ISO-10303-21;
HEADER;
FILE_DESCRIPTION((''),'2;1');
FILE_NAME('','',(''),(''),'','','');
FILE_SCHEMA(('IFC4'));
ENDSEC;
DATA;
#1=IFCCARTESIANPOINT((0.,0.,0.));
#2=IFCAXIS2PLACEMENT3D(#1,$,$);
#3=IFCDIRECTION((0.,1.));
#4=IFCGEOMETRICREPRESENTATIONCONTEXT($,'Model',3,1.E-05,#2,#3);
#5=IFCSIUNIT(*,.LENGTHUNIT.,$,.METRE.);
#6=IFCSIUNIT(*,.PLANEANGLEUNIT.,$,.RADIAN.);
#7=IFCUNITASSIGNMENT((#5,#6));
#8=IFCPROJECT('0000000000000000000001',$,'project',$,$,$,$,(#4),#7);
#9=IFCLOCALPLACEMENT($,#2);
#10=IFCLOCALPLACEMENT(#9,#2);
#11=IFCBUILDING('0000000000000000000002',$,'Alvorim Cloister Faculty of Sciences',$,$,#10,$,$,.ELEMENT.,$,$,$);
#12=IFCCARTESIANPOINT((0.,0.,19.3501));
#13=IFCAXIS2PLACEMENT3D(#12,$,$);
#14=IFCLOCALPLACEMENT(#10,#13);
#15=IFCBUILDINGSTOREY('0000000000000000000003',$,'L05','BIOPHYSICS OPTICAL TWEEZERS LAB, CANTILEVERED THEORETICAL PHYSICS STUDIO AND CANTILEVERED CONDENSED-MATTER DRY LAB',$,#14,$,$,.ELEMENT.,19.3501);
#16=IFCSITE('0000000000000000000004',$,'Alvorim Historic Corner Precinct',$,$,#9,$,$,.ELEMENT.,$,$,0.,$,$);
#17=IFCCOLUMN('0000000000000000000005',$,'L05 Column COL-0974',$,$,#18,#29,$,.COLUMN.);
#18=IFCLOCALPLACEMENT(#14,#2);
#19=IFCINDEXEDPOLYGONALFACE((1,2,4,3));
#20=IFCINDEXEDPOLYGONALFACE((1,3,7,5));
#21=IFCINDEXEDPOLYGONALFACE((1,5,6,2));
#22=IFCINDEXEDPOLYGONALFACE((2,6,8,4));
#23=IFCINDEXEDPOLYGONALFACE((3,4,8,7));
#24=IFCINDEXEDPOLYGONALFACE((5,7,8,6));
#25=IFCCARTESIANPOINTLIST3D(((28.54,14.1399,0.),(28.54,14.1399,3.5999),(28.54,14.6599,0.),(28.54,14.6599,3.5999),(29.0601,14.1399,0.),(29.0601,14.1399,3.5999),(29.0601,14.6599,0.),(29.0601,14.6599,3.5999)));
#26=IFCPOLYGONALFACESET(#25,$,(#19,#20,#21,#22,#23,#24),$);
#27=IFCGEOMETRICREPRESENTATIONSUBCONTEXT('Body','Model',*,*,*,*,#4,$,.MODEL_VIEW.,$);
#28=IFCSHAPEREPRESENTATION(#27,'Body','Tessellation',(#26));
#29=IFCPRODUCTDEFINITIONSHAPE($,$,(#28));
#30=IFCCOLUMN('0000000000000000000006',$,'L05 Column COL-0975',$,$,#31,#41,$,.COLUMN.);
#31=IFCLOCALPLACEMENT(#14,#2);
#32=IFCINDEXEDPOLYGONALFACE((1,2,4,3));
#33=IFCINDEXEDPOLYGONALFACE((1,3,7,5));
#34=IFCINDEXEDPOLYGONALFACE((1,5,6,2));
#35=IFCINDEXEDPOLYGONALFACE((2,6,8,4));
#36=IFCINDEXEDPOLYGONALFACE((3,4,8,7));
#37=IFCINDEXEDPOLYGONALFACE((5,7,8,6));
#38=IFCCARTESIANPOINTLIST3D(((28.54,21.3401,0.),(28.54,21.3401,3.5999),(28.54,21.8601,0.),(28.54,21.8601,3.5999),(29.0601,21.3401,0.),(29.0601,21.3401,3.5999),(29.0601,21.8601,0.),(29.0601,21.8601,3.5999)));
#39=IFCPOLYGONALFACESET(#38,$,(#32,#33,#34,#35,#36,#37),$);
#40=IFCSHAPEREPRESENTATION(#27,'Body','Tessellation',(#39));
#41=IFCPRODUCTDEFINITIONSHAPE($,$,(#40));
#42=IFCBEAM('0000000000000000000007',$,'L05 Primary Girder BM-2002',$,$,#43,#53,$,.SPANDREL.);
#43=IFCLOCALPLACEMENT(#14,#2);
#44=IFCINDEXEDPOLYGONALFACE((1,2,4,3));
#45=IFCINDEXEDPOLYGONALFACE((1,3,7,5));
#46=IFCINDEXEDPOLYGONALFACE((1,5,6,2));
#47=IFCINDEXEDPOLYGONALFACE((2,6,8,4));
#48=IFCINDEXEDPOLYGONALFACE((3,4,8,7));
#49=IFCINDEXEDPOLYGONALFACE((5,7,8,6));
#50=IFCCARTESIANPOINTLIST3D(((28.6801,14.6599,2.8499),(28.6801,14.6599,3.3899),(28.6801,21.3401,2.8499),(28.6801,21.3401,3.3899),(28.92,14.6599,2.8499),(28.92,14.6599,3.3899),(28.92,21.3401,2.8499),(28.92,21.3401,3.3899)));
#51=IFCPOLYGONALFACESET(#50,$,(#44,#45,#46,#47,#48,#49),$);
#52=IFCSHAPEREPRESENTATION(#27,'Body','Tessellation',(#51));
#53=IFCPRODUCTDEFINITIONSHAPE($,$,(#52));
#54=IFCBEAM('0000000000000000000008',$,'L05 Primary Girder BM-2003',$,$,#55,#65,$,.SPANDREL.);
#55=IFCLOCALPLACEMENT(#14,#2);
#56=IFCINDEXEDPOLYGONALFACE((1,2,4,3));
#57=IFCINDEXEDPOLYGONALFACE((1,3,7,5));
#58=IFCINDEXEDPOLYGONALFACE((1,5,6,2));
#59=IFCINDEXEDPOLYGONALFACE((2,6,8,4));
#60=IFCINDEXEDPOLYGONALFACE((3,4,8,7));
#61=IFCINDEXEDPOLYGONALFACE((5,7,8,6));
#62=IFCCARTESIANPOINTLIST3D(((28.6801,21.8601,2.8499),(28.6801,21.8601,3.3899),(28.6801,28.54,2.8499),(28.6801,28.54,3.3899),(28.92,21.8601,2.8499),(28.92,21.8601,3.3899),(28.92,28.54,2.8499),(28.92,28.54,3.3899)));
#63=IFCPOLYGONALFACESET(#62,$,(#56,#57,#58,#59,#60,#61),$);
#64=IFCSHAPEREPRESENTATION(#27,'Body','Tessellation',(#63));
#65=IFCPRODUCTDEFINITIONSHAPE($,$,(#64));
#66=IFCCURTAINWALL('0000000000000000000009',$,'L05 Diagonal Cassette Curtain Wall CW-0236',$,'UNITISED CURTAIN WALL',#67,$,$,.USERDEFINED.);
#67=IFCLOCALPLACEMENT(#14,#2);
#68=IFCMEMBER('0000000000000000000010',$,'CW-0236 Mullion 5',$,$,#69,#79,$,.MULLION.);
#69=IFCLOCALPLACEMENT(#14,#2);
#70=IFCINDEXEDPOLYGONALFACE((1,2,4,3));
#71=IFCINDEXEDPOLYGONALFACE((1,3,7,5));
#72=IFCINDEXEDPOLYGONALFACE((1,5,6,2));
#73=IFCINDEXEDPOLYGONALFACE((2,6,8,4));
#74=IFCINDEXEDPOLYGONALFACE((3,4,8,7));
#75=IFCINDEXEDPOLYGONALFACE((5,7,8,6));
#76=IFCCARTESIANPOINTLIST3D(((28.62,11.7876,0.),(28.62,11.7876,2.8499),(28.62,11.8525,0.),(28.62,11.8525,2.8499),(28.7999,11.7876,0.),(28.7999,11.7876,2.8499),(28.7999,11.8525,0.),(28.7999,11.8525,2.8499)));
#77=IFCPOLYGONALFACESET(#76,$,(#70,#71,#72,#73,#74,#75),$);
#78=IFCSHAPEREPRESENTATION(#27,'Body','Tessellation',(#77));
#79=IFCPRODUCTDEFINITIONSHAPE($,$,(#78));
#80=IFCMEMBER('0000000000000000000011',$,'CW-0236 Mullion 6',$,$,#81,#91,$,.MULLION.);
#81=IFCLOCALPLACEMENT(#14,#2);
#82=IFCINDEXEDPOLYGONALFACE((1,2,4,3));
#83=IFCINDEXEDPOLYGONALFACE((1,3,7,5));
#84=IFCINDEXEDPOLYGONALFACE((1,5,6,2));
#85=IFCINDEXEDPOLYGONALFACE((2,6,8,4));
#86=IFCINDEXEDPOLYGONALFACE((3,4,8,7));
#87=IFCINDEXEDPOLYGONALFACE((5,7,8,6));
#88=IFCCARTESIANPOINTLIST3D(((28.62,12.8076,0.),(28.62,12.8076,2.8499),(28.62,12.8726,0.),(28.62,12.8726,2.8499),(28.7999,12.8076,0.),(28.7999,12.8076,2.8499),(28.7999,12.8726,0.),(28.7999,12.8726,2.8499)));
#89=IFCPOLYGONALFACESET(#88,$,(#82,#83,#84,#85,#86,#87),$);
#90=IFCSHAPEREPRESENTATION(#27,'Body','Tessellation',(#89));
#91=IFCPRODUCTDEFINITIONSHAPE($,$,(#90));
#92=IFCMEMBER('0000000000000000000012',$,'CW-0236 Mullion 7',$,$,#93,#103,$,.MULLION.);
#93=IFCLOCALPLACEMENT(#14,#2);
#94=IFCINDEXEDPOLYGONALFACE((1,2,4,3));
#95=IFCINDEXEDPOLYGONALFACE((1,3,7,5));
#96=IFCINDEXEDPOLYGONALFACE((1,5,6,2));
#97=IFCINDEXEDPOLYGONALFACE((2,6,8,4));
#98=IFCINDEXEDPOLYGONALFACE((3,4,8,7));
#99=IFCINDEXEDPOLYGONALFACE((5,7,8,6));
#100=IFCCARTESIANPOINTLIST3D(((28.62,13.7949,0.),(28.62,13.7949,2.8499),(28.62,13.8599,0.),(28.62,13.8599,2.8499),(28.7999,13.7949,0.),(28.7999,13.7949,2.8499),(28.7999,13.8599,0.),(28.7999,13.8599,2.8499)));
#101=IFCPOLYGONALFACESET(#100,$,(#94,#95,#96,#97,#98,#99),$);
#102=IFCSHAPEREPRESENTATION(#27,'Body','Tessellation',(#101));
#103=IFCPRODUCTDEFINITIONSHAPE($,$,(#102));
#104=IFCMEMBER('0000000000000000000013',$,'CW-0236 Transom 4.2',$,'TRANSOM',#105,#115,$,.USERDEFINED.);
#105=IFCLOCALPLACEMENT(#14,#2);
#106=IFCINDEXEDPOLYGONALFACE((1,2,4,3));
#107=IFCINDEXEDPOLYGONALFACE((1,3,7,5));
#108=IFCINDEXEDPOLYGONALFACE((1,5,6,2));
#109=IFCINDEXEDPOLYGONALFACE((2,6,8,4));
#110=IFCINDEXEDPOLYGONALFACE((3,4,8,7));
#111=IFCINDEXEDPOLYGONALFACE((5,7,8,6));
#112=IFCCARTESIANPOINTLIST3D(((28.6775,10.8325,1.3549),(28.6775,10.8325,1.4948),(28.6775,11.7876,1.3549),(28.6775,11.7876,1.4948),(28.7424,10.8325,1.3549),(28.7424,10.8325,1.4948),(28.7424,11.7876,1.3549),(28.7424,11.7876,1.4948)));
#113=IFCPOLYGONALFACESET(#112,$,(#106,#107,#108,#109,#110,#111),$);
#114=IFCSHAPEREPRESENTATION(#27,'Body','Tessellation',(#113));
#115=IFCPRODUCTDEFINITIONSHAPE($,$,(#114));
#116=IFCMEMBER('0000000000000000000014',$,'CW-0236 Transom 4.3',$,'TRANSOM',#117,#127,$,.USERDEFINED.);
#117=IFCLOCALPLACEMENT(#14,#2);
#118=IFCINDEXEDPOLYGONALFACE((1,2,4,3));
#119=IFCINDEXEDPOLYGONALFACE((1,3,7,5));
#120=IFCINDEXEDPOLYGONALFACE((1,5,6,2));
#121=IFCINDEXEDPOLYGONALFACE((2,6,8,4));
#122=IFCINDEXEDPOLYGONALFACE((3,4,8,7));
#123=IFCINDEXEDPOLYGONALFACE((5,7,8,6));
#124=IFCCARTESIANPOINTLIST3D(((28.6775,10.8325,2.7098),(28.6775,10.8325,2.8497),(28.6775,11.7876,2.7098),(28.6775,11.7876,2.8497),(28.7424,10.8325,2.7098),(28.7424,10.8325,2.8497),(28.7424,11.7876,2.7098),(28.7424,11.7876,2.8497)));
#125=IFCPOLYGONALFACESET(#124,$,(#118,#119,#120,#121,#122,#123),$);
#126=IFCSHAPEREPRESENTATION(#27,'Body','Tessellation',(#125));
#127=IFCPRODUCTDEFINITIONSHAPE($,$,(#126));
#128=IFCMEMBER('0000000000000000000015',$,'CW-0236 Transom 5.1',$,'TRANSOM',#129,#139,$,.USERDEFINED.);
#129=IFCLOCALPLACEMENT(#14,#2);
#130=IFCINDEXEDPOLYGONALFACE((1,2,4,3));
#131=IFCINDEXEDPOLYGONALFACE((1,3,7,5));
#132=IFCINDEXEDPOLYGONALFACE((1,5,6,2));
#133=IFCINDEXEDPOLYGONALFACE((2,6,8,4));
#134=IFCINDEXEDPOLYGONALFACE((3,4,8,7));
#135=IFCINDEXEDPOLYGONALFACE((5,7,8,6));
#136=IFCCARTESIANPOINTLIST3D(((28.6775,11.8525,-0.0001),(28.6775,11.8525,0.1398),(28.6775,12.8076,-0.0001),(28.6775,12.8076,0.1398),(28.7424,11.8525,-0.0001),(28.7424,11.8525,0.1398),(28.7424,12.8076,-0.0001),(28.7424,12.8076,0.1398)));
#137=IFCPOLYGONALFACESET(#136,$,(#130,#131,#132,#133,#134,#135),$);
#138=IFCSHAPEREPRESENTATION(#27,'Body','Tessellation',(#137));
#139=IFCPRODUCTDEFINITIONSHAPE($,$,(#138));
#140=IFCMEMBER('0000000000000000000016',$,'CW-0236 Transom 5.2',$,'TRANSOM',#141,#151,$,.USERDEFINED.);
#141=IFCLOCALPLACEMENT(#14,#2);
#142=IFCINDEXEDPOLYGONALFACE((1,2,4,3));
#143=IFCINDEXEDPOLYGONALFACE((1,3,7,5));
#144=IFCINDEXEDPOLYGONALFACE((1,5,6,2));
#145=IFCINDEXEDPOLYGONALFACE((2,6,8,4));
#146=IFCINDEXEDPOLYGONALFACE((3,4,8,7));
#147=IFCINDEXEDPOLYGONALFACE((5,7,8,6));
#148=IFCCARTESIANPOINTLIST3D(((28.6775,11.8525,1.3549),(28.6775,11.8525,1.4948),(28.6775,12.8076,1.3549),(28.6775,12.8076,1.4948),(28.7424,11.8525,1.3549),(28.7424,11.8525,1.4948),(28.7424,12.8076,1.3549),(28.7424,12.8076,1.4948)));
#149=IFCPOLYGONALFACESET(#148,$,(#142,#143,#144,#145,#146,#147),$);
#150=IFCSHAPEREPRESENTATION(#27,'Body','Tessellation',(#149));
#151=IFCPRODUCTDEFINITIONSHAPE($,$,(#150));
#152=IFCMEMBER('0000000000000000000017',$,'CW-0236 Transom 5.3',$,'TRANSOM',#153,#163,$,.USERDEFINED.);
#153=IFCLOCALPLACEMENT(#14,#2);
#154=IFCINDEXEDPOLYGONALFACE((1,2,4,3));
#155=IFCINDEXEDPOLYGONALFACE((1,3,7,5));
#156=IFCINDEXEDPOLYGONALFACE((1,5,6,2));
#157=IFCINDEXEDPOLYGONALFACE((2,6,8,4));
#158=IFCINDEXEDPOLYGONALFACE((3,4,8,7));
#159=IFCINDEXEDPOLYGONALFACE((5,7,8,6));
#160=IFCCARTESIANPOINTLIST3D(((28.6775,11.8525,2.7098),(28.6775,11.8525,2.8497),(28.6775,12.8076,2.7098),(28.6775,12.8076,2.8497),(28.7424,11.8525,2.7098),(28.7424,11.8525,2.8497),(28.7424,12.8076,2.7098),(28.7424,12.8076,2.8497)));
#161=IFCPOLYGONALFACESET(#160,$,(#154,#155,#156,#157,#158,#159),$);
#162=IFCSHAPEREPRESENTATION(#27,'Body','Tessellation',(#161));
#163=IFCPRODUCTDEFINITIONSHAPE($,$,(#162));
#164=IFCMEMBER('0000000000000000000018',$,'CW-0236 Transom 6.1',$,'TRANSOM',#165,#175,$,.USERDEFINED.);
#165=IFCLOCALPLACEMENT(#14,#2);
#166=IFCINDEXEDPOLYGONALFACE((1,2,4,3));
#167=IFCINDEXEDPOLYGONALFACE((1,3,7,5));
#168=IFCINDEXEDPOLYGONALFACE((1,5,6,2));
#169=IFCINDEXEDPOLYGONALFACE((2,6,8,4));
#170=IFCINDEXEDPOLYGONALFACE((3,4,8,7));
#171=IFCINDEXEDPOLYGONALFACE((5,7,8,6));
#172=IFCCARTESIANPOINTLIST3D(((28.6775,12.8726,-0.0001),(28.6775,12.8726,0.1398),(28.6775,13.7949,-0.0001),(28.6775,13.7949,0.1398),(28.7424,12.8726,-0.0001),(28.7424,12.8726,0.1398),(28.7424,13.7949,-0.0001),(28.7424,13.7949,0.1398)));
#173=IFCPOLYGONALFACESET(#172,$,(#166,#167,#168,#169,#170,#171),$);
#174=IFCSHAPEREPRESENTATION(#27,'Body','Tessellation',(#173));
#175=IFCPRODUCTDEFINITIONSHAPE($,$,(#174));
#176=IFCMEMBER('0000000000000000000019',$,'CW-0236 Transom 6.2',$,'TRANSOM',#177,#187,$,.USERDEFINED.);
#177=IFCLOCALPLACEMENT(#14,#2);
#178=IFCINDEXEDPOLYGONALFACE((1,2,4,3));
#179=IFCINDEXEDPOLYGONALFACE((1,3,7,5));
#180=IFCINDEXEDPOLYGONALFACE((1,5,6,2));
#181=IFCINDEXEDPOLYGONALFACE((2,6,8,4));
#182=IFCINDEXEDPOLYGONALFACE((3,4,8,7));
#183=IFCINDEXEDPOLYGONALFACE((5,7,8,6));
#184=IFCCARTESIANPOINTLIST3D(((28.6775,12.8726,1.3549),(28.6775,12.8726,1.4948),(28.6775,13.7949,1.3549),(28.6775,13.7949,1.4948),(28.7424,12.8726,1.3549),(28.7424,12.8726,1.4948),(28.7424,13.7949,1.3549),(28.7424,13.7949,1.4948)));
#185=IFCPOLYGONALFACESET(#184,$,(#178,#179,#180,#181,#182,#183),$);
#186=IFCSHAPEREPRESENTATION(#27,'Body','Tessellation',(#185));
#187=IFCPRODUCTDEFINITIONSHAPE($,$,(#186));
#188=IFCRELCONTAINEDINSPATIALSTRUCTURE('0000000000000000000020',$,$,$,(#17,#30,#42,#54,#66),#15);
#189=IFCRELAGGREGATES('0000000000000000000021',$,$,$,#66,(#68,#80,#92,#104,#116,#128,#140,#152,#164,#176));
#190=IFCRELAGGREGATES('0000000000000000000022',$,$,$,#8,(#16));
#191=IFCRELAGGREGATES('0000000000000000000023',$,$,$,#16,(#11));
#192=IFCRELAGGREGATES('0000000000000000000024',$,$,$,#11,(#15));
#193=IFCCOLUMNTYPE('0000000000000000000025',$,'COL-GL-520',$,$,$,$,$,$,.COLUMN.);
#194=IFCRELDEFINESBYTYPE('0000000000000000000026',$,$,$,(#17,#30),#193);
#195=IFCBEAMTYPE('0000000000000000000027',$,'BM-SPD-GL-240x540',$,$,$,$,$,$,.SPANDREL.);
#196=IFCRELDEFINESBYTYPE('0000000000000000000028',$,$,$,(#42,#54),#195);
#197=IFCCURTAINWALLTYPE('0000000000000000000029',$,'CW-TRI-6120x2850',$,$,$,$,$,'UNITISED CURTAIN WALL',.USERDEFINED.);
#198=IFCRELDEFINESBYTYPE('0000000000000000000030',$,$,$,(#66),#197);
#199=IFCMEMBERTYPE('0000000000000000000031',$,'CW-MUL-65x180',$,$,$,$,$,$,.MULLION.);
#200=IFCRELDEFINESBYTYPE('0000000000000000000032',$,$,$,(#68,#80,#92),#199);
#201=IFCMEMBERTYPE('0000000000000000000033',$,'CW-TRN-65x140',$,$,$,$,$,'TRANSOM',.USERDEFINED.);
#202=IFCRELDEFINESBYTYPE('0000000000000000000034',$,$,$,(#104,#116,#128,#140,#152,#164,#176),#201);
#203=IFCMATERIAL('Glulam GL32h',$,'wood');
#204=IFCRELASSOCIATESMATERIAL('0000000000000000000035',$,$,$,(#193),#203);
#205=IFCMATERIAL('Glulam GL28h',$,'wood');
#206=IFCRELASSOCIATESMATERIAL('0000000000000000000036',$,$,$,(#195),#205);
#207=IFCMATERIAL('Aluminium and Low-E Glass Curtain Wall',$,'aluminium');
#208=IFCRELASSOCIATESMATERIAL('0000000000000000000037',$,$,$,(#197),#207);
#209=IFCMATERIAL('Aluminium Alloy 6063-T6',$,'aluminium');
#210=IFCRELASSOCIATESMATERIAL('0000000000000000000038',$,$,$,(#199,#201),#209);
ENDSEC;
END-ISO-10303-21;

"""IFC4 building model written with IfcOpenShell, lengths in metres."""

from ifc_helpers import new_model, si_unit, direction, frame, origin, origin_2d, place, context, subcontext, project, spatial, rectangle, extrude, material, material_profile, profile_set, type_object, element, aggregate, save


model = new_model("IFC4")

# Units and contexts
model_context = context("Model", 3, precision=1e-05, world=origin(), true_north=direction((0.0, 1.0)))
body_context = subcontext(model_context, "Body", "Model", "MODEL_VIEW")
ifc_project = project(units=[si_unit("LENGTHUNIT", "METRE"), si_unit("PLANEANGLEUNIT", "RADIAN")], contexts=[model_context])

# Site, building, storey
site_placement = place(None, origin())
site = spatial("IfcSite", under=ifc_project, at=site_placement, Name="Alvorim Historic Corner Precinct", CompositionType="ELEMENT", RefElevation=0.0)
building_placement = place(site_placement, origin())
building = spatial("IfcBuilding", under=site, at=building_placement, Name="Alvorim Cloister Faculty of Sciences", CompositionType="ELEMENT")
storey_placement = place(building_placement, frame((0.0, 0.0, 19.3501)))
storey = spatial("IfcBuildingStorey", under=building, at=storey_placement, Name="L05", Description="BIOPHYSICS OPTICAL TWEEZERS LAB, CANTILEVERED THEORETICAL PHYSICS STUDIO AND CANTILEVERED CONDENSED-MATTER DRY LAB", CompositionType="ELEMENT", Elevation=19.3501)

# Columns
ifc_material_1 = material(Name="Glulam GL32h", Category="wood")
ifc_material_profile_1 = material_profile(ifc_material_1, rectangle(XDim=0.52, YDim=0.52, at=origin_2d()), Name="GL32-COL-520x520")
ifc_profile_set_1 = profile_set([ifc_material_profile_1], Name="Glulam GL32h")
column_type = type_object("IfcColumnType", Name="COL-GL-520", PredefinedType="COLUMN", material=ifc_profile_set_1)
for number, where, z_axis, x_axis, name in (
    (1, (28.8, 14.3999, 0.0), (0.0, 0.0, 1.0), (1.0, 0.0, 0.0), "L05 Column COL-0974"),
    (2, (28.8, 21.6001, 0.0), (0.0, 0.0, 1.0), (1.0, 0.0, 0.0), "L05 Column COL-0975"),
):
    element("IfcColumn", number, at=place(storey_placement, frame(where, z_axis=z_axis, x_axis=x_axis)), inside=storey, type_object=column_type, Name=name, PredefinedType="COLUMN", context=body_context, shape_type="SweptSolid", body=[
        extrude(rectangle(XDim=0.52, YDim=0.52, at=origin_2d()), origin(), (0.0, 0.0, 1.0), 3.5999),
    ])

# Beams
ifc_material_2 = material(Name="Glulam GL28h", Category="wood")
ifc_material_profile_2 = material_profile(ifc_material_2, rectangle(XDim=0.24, YDim=0.54, at=origin_2d()), Name="GL28-SPD-240x540")
ifc_profile_set_2 = profile_set([ifc_material_profile_2], Name="Glulam GL28h")
beam_type = type_object("IfcBeamType", Name="BM-SPD-GL-240x540", PredefinedType="SPANDREL", material=ifc_profile_set_2)
beam_1_placement = place(storey_placement, frame((28.8, 14.6599, 3.1199), z_axis=(0.0, 1.0, 0.0), x_axis=(-1.0, 0.0, 0.0)))
element("IfcBeam", 3, at=beam_1_placement, inside=storey, type_object=beam_type, Name="L05 Primary Girder BM-2002", PredefinedType="SPANDREL", context=body_context, shape_type="SweptSolid", body=[
    extrude(rectangle(XDim=0.24, YDim=0.54, at=origin_2d()), origin(), (0.0, 0.0, 1.0), 6.6802),
])
beam_2_placement = place(storey_placement, frame((28.8, 21.8601, 3.1199), z_axis=(0.0, 1.0, 0.0), x_axis=(-1.0, 0.0, 0.0)))
element("IfcBeam", 4, at=beam_2_placement, inside=storey, type_object=beam_type, Name="L05 Primary Girder BM-2003", PredefinedType="SPANDREL", context=body_context, shape_type="SweptSolid", body=[
    extrude(rectangle(XDim=0.24, YDim=0.54, at=origin_2d()), origin(), (0.0, 0.0, 1.0), 6.6799),
])

# Curtain wall, members
ifc_material_3 = material(Name="Aluminium and Low-E Glass Curtain Wall", Category="aluminium")
curtain_wall_type = type_object("IfcCurtainWallType", Name="CW-TRI-6120x2850", ElementType="UNITISED CURTAIN WALL", PredefinedType="USERDEFINED", material=ifc_material_3)
curtain_wall_placement = place(storey_placement, origin())
curtain_wall = element("IfcCurtainWall", 5, at=curtain_wall_placement, inside=storey, type_object=curtain_wall_type, Name="L05 Diagonal Cassette Curtain Wall CW-0236", ObjectType="UNITISED CURTAIN WALL", PredefinedType="USERDEFINED")
ifc_material_4 = material(Name="Aluminium Alloy 6063-T6", Category="aluminium")
ifc_material_profile_3 = material_profile(ifc_material_4, rectangle(XDim=0.0649, YDim=0.1799, at=origin_2d()), Name="ALU-MUL-65x180")
ifc_profile_set_3 = profile_set([ifc_material_profile_3], Name="Aluminium Alloy 6063-T6")
member_type_1 = type_object("IfcMemberType", Name="CW-MUL-65x180", PredefinedType="MULLION", material=ifc_profile_set_3)
member_1_placement = place(storey_placement, frame((28.71, 11.8201, 0.0), z_axis=(0.0, 0.0, 1.0), x_axis=(0.0, 1.0, 0.0)))
member_1 = element("IfcMember", 6, at=member_1_placement, type_object=member_type_1, Name="CW-0236 Mullion 5", PredefinedType="MULLION", context=body_context, shape_type="SweptSolid", body=[
    extrude(rectangle(XDim=0.0649, YDim=0.1799, at=origin_2d()), origin(), (0.0, 0.0, 1.0), 2.8499),
])
member_2_placement = place(storey_placement, frame((28.71, 12.8401, 0.0), z_axis=(0.0, 0.0, 1.0), x_axis=(0.0, 1.0, 0.0)))
member_2 = element("IfcMember", 7, at=member_2_placement, type_object=member_type_1, Name="CW-0236 Mullion 6", PredefinedType="MULLION", context=body_context, shape_type="SweptSolid", body=[
    extrude(rectangle(XDim=0.0649, YDim=0.1799, at=origin_2d()), origin(), (0.0, 0.0, 1.0), 2.8499),
])
member_3_placement = place(storey_placement, frame((28.71, 13.8274, 0.0), z_axis=(0.0, 0.0, 1.0), x_axis=(0.0, 1.0, 0.0)))
member_3 = element("IfcMember", 8, at=member_3_placement, type_object=member_type_1, Name="CW-0236 Mullion 7", PredefinedType="MULLION", context=body_context, shape_type="SweptSolid", body=[
    extrude(rectangle(XDim=0.0649, YDim=0.1799, at=origin_2d()), origin(), (0.0, 0.0, 1.0), 2.8499),
])
ifc_material_profile_4 = material_profile(ifc_material_4, rectangle(XDim=0.0649, YDim=0.1399, at=origin_2d()), Name="ALU-TRN-65x140")
ifc_profile_set_4 = profile_set([ifc_material_profile_4], Name="Aluminium Alloy 6063-T6")
member_type_2 = type_object("IfcMemberType", Name="CW-TRN-65x140", ElementType="TRANSOM", PredefinedType="USERDEFINED", material=ifc_profile_set_4)
member_4_placement = place(storey_placement, frame((28.71, 10.8325, 1.4248), z_axis=(0.0, 1.0, 0.0), x_axis=(-1.0, 0.0, 0.0)))
member_4 = element("IfcMember", 9, at=member_4_placement, type_object=member_type_2, Name="CW-0236 Transom 4.2", ObjectType="TRANSOM", PredefinedType="USERDEFINED", context=body_context, shape_type="SweptSolid", body=[
    extrude(rectangle(XDim=0.0649, YDim=0.1399, at=origin_2d()), origin(), (0.0, 0.0, 1.0), 0.9551),
])
member_5_placement = place(storey_placement, frame((28.71, 10.8325, 2.7798), z_axis=(0.0, 1.0, 0.0), x_axis=(-1.0, 0.0, 0.0)))
member_5 = element("IfcMember", 10, at=member_5_placement, type_object=member_type_2, Name="CW-0236 Transom 4.3", ObjectType="TRANSOM", PredefinedType="USERDEFINED", context=body_context, shape_type="SweptSolid", body=[
    extrude(rectangle(XDim=0.0649, YDim=0.1399, at=origin_2d()), origin(), (0.0, 0.0, 1.0), 0.9551),
])
member_6_placement = place(storey_placement, frame((28.71, 11.8525, 0.0698), z_axis=(0.0, 1.0, 0.0), x_axis=(-1.0, 0.0, 0.0)))
member_6 = element("IfcMember", 11, at=member_6_placement, type_object=member_type_2, Name="CW-0236 Transom 5.1", ObjectType="TRANSOM", PredefinedType="USERDEFINED", context=body_context, shape_type="SweptSolid", body=[
    extrude(rectangle(XDim=0.0649, YDim=0.1399, at=origin_2d()), origin(), (0.0, 0.0, 1.0), 0.9551),
])
member_7_placement = place(storey_placement, frame((28.71, 11.8525, 1.4248), z_axis=(0.0, 1.0, 0.0), x_axis=(-1.0, 0.0, 0.0)))
member_7 = element("IfcMember", 12, at=member_7_placement, type_object=member_type_2, Name="CW-0236 Transom 5.2", ObjectType="TRANSOM", PredefinedType="USERDEFINED", context=body_context, shape_type="SweptSolid", body=[
    extrude(rectangle(XDim=0.0649, YDim=0.1399, at=origin_2d()), origin(), (0.0, 0.0, 1.0), 0.9551),
])
member_8_placement = place(storey_placement, frame((28.71, 11.8525, 2.7798), z_axis=(0.0, 1.0, 0.0), x_axis=(-1.0, 0.0, 0.0)))
member_8 = element("IfcMember", 13, at=member_8_placement, type_object=member_type_2, Name="CW-0236 Transom 5.3", ObjectType="TRANSOM", PredefinedType="USERDEFINED", context=body_context, shape_type="SweptSolid", body=[
    extrude(rectangle(XDim=0.0649, YDim=0.1399, at=origin_2d()), origin(), (0.0, 0.0, 1.0), 0.9551),
])
member_9_placement = place(storey_placement, frame((28.71, 12.8726, 0.0698), z_axis=(0.0, 1.0, 0.0), x_axis=(-1.0, 0.0, 0.0)))
member_9 = element("IfcMember", 14, at=member_9_placement, type_object=member_type_2, Name="CW-0236 Transom 6.1", ObjectType="TRANSOM", PredefinedType="USERDEFINED", context=body_context, shape_type="SweptSolid", body=[
    extrude(rectangle(XDim=0.0649, YDim=0.1399, at=origin_2d()), origin(), (0.0, 0.0, 1.0), 0.9224),
])
member_10_placement = place(storey_placement, frame((28.71, 12.8726, 1.4248), z_axis=(0.0, 1.0, 0.0), x_axis=(-1.0, 0.0, 0.0)))
member_10 = element("IfcMember", 15, at=member_10_placement, type_object=member_type_2, Name="CW-0236 Transom 6.2", ObjectType="TRANSOM", PredefinedType="USERDEFINED", context=body_context, shape_type="SweptSolid", body=[
    extrude(rectangle(XDim=0.0649, YDim=0.1399, at=origin_2d()), origin(), (0.0, 0.0, 1.0), 0.9224),
])
aggregate(curtain_wall, [member_1, member_2, member_3, member_4, member_5, member_6, member_7, member_8, member_9, member_10])

save(model, "model.ifc")
